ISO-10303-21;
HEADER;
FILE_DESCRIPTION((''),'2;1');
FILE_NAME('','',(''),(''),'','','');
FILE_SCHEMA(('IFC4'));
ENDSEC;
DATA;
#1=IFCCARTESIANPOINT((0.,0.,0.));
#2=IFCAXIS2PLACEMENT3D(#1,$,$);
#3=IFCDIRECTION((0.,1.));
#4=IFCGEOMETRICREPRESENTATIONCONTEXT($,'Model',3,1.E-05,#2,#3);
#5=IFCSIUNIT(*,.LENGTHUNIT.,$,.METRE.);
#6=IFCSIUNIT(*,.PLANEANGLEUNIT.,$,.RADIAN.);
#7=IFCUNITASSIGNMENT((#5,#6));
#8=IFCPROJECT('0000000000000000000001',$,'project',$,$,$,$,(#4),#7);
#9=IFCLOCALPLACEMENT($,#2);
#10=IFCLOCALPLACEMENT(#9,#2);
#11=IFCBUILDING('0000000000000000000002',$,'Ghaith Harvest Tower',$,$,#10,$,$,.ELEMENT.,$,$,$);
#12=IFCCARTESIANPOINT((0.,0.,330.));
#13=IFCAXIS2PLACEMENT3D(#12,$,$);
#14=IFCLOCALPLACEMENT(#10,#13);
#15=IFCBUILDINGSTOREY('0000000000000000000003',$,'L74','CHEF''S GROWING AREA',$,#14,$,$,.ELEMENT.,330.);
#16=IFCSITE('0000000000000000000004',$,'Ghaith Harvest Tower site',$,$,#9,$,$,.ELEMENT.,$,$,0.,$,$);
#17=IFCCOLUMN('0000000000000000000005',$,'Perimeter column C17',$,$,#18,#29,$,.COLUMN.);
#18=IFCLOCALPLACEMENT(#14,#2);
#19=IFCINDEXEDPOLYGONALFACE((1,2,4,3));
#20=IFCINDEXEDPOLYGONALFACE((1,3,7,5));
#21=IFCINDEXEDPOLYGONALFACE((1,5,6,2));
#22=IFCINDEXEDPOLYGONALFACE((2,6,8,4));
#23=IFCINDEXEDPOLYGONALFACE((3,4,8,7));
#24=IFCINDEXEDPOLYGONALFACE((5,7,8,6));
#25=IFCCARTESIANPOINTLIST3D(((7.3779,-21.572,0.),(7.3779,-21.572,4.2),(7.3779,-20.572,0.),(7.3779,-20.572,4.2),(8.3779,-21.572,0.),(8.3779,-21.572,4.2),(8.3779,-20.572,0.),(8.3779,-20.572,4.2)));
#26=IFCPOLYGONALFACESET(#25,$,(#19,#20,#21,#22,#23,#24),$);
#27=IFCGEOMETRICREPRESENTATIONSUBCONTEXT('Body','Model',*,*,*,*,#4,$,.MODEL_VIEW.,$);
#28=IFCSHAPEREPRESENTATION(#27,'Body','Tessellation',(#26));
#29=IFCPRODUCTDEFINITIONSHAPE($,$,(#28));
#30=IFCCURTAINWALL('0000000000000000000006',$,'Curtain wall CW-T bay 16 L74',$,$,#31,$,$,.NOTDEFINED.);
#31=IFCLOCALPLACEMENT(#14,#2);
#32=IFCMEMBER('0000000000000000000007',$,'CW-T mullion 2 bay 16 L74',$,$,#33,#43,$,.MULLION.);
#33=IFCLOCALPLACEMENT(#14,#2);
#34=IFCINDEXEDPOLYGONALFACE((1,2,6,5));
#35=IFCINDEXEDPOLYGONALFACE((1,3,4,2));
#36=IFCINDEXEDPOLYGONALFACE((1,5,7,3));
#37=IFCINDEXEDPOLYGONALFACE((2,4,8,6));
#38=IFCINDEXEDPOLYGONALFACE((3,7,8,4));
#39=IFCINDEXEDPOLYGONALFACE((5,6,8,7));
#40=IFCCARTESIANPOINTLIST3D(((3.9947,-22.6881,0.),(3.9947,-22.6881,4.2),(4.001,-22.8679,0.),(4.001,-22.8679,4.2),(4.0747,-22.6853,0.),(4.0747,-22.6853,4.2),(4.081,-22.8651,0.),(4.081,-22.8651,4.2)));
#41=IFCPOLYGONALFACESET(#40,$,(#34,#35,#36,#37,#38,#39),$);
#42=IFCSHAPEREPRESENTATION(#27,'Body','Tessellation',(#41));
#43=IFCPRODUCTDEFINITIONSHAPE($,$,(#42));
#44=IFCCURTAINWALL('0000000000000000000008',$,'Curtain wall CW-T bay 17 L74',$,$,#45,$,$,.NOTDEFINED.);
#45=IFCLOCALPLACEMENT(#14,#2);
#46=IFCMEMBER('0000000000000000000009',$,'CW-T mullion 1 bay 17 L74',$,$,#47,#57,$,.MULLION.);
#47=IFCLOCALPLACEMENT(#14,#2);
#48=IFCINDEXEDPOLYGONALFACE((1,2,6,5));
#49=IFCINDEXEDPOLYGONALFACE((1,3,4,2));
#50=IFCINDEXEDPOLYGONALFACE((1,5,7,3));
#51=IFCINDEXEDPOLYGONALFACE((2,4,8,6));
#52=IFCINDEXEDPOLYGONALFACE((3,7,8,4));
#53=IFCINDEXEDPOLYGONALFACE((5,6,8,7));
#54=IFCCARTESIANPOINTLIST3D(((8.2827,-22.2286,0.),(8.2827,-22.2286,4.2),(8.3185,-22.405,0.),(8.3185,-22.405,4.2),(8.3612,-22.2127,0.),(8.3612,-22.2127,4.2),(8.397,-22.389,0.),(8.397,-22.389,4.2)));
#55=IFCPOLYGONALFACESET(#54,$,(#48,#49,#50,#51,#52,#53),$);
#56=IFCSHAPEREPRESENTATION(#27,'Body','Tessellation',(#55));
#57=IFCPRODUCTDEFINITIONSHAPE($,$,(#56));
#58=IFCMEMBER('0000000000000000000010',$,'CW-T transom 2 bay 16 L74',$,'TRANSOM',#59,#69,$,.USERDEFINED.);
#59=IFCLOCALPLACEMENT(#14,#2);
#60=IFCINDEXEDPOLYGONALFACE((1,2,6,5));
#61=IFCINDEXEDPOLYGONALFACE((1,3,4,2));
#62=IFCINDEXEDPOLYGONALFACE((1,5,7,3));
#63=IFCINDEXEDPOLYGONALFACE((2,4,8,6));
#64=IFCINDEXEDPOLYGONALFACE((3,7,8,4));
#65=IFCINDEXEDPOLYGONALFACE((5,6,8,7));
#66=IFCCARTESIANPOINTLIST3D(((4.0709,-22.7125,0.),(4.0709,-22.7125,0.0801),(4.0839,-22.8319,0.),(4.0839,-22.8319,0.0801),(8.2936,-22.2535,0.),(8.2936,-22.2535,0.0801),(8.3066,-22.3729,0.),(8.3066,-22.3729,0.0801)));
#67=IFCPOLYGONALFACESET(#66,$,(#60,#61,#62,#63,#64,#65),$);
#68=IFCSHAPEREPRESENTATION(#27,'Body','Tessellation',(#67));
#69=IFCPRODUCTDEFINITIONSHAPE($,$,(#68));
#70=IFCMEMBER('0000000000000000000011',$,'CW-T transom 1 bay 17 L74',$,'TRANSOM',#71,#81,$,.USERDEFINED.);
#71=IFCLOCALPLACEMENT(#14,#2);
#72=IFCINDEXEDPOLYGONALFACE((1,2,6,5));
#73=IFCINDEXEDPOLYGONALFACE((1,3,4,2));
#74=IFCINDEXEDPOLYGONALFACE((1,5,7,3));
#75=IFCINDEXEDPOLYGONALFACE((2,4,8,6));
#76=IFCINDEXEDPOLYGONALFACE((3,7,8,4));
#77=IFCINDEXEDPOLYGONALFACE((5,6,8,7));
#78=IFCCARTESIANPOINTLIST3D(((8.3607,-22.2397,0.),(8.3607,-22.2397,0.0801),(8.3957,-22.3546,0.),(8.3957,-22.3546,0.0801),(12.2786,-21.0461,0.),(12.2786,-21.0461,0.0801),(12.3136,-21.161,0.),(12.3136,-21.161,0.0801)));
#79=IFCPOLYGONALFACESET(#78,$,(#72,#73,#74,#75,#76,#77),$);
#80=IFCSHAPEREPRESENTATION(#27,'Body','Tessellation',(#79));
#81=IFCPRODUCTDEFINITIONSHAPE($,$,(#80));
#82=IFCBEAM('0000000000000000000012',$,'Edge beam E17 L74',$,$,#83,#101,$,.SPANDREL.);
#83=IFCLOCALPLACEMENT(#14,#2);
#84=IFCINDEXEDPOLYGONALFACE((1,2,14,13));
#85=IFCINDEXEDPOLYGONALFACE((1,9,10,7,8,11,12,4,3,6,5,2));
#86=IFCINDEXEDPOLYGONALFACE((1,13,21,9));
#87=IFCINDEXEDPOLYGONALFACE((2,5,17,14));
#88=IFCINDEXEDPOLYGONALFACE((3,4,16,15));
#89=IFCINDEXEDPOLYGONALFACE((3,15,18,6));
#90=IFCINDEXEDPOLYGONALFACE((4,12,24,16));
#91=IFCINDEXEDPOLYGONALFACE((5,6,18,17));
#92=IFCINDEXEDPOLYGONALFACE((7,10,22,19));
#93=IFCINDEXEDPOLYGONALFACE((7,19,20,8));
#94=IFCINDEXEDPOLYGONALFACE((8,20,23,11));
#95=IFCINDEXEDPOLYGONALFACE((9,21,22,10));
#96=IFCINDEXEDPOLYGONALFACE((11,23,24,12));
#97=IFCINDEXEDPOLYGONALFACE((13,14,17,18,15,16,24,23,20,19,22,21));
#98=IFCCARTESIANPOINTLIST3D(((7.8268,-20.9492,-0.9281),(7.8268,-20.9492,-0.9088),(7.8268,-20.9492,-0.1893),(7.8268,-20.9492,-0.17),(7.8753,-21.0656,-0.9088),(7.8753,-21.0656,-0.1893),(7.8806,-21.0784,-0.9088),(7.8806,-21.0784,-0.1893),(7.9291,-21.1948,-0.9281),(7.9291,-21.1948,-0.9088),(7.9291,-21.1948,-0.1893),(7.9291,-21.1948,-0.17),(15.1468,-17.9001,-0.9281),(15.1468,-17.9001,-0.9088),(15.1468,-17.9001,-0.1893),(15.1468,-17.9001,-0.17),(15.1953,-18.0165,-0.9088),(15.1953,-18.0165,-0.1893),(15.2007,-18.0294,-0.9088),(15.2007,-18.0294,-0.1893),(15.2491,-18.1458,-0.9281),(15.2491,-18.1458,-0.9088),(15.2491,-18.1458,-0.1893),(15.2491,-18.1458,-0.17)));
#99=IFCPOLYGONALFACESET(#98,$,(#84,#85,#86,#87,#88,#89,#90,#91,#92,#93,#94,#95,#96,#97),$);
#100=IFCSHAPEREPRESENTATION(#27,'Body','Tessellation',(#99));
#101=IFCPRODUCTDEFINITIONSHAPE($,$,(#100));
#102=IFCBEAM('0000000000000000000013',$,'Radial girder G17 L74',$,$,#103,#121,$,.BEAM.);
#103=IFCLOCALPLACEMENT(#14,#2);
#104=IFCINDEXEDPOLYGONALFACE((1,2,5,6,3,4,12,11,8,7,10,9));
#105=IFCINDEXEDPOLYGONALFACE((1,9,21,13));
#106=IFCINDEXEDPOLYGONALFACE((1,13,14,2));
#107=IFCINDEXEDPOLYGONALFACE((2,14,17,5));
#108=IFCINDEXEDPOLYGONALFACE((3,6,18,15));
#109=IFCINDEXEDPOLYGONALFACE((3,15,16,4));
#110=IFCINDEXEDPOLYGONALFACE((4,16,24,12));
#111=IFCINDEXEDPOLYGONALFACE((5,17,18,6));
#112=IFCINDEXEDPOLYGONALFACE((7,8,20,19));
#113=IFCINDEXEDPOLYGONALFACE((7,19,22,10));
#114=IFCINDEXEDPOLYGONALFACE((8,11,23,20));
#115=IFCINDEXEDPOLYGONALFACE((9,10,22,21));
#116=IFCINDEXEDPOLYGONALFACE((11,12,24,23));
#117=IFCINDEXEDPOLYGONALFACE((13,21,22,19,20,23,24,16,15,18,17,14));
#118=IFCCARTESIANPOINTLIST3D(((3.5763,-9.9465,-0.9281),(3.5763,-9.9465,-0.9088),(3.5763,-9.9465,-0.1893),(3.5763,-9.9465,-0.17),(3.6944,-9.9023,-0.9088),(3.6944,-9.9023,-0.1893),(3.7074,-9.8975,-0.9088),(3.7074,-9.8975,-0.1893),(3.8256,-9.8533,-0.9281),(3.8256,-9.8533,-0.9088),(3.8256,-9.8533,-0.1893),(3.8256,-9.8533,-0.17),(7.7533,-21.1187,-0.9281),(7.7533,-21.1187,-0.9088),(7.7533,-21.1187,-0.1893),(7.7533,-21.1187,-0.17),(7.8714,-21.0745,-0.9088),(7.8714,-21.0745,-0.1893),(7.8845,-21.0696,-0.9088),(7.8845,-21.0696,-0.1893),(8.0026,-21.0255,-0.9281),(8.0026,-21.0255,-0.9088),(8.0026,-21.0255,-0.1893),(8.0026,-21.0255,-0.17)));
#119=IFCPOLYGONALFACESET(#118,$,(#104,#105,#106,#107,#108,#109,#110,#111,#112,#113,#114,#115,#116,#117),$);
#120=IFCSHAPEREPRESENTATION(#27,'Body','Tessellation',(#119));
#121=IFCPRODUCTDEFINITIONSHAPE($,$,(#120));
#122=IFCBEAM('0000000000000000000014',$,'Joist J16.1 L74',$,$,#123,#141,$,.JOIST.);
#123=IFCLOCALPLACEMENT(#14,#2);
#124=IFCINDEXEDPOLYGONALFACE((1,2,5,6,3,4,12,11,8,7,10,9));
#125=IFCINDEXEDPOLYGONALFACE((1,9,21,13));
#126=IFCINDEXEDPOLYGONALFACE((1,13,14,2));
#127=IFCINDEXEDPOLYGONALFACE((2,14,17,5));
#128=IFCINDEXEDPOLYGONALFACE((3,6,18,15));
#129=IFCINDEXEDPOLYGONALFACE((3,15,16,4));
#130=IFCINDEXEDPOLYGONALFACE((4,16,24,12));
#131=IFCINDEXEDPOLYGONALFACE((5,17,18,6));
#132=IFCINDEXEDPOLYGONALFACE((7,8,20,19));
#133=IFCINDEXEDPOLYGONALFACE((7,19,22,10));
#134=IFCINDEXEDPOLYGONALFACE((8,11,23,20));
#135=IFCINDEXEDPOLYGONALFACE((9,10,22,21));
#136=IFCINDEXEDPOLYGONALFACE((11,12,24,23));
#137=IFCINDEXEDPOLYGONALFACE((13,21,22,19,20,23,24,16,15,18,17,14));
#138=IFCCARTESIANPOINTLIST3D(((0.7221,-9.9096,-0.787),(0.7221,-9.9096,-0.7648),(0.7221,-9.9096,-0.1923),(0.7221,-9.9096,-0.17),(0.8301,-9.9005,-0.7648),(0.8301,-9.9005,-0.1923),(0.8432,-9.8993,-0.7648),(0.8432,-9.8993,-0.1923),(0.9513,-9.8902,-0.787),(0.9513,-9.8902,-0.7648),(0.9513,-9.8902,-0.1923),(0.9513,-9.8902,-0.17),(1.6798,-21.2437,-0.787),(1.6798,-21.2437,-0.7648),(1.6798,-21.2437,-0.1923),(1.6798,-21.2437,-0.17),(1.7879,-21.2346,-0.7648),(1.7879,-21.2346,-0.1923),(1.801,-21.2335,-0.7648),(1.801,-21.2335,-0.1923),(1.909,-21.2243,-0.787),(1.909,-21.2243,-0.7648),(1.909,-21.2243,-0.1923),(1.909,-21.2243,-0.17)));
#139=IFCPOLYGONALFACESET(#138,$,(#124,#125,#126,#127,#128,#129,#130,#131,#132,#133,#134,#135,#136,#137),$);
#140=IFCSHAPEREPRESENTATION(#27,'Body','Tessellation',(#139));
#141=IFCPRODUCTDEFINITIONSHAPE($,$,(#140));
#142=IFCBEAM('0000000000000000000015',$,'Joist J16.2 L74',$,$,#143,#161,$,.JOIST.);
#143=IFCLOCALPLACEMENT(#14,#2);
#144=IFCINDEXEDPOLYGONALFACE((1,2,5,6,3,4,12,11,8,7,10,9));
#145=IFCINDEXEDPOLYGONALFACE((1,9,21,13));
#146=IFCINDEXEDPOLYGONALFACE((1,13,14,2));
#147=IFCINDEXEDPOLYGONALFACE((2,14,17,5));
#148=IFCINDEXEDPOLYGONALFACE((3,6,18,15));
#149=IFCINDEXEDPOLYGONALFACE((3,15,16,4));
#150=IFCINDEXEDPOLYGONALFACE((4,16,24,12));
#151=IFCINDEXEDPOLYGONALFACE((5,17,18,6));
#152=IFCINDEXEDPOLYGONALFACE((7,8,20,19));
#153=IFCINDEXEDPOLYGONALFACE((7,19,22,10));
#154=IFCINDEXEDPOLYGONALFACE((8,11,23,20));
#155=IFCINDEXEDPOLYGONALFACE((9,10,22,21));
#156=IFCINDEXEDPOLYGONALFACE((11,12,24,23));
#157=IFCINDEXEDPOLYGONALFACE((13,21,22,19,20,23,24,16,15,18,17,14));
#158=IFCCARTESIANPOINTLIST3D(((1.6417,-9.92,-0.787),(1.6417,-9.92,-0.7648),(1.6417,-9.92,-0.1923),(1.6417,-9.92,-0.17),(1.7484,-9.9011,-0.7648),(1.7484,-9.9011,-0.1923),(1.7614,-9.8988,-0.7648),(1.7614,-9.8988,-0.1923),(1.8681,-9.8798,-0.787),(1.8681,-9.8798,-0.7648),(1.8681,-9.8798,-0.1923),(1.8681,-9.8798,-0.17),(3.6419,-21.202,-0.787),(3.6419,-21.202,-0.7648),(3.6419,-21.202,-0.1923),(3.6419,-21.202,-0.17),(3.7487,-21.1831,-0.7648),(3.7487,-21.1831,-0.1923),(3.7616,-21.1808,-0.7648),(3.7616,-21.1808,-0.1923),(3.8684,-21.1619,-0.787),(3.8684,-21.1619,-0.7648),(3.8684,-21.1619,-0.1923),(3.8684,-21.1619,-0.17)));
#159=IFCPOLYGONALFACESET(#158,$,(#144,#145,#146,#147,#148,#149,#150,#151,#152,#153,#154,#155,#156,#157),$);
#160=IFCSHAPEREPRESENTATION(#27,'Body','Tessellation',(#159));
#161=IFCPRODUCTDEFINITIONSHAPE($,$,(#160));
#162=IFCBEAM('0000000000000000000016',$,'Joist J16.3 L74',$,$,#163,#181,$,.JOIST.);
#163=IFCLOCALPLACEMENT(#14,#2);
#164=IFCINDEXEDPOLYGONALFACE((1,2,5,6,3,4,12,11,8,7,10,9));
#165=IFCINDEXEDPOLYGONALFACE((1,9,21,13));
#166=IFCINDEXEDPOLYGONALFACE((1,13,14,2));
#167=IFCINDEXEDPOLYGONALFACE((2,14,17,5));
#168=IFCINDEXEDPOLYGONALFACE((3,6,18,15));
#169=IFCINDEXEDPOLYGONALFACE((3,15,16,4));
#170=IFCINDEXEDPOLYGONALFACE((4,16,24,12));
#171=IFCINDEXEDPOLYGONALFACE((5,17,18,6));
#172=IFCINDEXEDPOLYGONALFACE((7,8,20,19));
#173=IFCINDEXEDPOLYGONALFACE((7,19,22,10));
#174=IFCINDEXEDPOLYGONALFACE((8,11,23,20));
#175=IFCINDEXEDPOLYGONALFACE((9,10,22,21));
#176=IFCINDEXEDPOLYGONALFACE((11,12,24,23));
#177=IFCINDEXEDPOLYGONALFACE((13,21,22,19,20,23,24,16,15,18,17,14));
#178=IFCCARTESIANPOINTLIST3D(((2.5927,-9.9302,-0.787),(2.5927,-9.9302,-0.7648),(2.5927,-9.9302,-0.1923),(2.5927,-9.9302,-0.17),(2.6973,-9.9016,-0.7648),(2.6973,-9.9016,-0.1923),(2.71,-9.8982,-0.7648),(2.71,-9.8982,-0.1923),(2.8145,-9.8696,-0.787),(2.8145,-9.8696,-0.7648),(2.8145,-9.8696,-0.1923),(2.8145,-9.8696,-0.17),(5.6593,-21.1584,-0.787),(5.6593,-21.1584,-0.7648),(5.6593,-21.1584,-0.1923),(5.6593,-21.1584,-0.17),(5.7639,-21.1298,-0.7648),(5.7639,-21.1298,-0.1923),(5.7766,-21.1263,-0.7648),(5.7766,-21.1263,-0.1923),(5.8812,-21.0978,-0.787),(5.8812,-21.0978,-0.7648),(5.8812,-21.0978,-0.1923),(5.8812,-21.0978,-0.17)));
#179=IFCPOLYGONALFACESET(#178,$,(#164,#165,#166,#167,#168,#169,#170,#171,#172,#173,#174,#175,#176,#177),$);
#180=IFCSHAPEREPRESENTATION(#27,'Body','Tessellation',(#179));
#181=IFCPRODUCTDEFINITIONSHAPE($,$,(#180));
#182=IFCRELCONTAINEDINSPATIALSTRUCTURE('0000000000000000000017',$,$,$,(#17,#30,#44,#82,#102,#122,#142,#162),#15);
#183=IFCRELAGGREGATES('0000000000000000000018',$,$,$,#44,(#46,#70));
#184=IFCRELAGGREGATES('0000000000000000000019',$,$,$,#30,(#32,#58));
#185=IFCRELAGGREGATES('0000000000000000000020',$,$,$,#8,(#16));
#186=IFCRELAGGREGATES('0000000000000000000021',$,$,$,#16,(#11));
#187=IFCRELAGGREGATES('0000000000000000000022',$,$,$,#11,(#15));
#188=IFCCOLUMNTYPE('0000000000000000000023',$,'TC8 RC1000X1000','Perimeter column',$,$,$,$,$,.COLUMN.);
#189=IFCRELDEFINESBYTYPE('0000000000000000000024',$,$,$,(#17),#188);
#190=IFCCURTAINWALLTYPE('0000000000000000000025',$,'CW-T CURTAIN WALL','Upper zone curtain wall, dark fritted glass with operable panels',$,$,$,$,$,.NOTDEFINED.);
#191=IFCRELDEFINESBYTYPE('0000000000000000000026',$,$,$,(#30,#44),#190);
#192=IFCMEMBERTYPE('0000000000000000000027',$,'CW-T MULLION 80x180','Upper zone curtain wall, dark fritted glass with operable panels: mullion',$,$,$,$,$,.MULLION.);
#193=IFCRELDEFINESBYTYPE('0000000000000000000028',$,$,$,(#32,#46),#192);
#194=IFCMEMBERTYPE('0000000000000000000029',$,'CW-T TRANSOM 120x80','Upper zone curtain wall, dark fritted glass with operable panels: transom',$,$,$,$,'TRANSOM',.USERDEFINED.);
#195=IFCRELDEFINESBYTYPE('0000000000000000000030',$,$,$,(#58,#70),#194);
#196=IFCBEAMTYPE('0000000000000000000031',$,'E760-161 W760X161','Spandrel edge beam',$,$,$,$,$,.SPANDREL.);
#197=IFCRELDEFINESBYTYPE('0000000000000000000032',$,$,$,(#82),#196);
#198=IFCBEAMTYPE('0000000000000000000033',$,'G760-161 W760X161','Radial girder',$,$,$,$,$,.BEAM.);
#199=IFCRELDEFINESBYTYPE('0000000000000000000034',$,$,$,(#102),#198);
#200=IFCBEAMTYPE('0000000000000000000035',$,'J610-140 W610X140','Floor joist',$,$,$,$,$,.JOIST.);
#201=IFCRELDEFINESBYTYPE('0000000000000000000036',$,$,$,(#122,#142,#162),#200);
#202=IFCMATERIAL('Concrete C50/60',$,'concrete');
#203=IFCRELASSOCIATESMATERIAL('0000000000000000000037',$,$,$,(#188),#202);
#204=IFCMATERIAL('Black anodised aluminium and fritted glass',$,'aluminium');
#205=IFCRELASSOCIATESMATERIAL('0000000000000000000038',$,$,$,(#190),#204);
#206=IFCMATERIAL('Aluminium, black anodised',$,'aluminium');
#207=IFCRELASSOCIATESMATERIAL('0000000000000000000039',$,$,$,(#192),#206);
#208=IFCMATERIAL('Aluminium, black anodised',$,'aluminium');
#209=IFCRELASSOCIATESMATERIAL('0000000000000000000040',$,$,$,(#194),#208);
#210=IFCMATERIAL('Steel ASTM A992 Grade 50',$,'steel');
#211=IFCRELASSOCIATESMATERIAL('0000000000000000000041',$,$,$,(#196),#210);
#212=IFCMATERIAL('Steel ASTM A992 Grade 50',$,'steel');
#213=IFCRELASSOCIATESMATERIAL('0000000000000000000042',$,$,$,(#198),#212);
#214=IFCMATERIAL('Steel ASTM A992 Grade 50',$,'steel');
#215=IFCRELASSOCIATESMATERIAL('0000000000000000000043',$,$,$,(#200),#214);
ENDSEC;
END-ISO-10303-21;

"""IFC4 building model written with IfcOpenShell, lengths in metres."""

from ifc_helpers import new_model, si_unit, direction, frame, origin, origin_2d, place, context, subcontext, project, spatial, rectangle, i_section, extrude, material, material_profile, profile_set, type_object, element, aggregate, save


model = new_model("IFC4")

# Units and contexts
model_context = context("Model", 3, precision=1e-05, world=origin(), true_north=direction((0.0, 1.0)))
body_context = subcontext(model_context, "Body", "Model", "MODEL_VIEW")
ifc_project = project(units=[si_unit("LENGTHUNIT", "METRE"), si_unit("PLANEANGLEUNIT", "RADIAN")], contexts=[model_context])

# Site, building, storey
site_placement = place(None, origin())
site = spatial("IfcSite", under=ifc_project, at=site_placement, Name="Ghaith Harvest Tower site", CompositionType="ELEMENT", RefElevation=0.0)
building_placement = place(site_placement, origin())
building = spatial("IfcBuilding", under=site, at=building_placement, Name="Ghaith Harvest Tower", CompositionType="ELEMENT")
storey_placement = place(building_placement, frame((0.0, 0.0, 330.0)))
storey = spatial("IfcBuildingStorey", under=building, at=storey_placement, Name="L74", Description="CHEF'S GROWING AREA", CompositionType="ELEMENT", Elevation=330.0)

# Column
ifc_material_1 = material(Name="Concrete C50/60", Category="concrete")
ifc_material_profile_1 = material_profile(ifc_material_1, rectangle(XDim=1.0, YDim=1.0, at=origin_2d()), Name="RC1000X1000")
ifc_profile_set_1 = profile_set([ifc_material_profile_1], Name="Concrete C50/60")
column_type = type_object("IfcColumnType", Name="TC8 RC1000X1000", Description="Perimeter column", PredefinedType="COLUMN", material=ifc_profile_set_1)
column_placement = place(storey_placement, frame((7.8779, -21.072, 0.0), z_axis=(0.0, 0.0, 1.0), x_axis=(1.0, 0.0, 0.0)))
element("IfcColumn", 1, at=column_placement, inside=storey, type_object=column_type, Name="Perimeter column C17", PredefinedType="COLUMN", context=body_context, shape_type="SweptSolid", body=[
    extrude(rectangle(XDim=1.0, YDim=1.0, at=origin_2d()), origin(), (0.0, 0.0, 1.0), 4.2),
])

# Curtain walls, members
ifc_material_2 = material(Name="Black anodised aluminium and fritted glass", Category="aluminium")
curtain_wall_type = type_object("IfcCurtainWallType", Name="CW-T CURTAIN WALL", Description="Upper zone curtain wall, dark fritted glass with operable panels", PredefinedType="NOTDEFINED", material=ifc_material_2)
curtain_wall_1_placement = place(storey_placement, origin())
curtain_wall_1 = element("IfcCurtainWall", 2, at=curtain_wall_1_placement, inside=storey, type_object=curtain_wall_type, Name="Curtain wall CW-T bay 16 L74", PredefinedType="NOTDEFINED")
ifc_material_3 = material(Name="Aluminium, black anodised", Category="aluminium")
ifc_material_profile_2 = material_profile(ifc_material_3, rectangle(XDim=0.0801, YDim=0.1799, at=origin_2d()), Name="CW-T MULLION 80x180")
ifc_profile_set_2 = profile_set([ifc_material_profile_2], Name="Aluminium, black anodised")
member_type_1 = type_object("IfcMemberType", Name="CW-T MULLION 80x180", Description="Upper zone curtain wall, dark fritted glass with operable panels: mullion", PredefinedType="MULLION", material=ifc_profile_set_2)
member_1_placement = place(storey_placement, frame((4.0378, -22.7766, 0.0), z_axis=(0.0, 0.0, 1.0), x_axis=(0.999389, 0.034962, 0.0)))
member_1 = element("IfcMember", 3, at=member_1_placement, type_object=member_type_1, Name="CW-T mullion 2 bay 16 L74", PredefinedType="MULLION", context=body_context, shape_type="SweptSolid", body=[
    extrude(rectangle(XDim=0.0801, YDim=0.1799, at=origin_2d()), origin(), (0.0, 0.0, 1.0), 4.2),
])
curtain_wall_2_placement = place(storey_placement, origin())
curtain_wall_2 = element("IfcCurtainWall", 4, at=curtain_wall_2_placement, inside=storey, type_object=curtain_wall_type, Name="Curtain wall CW-T bay 17 L74", PredefinedType="NOTDEFINED")
member_2_placement = place(storey_placement, frame((8.3398, -22.3088, 0.0), z_axis=(0.0, 0.0, 1.0), x_axis=(0.98, 0.198997, 0.0)))
member_2 = element("IfcMember", 5, at=member_2_placement, type_object=member_type_1, Name="CW-T mullion 1 bay 17 L74", PredefinedType="MULLION", context=body_context, shape_type="SweptSolid", body=[
    extrude(rectangle(XDim=0.0801, YDim=0.1799, at=origin_2d()), origin(), (0.0, 0.0, 1.0), 4.2),
])

# Members
ifc_material_4 = material(Name="Aluminium, black anodised", Category="aluminium")
ifc_material_profile_3 = material_profile(ifc_material_4, rectangle(XDim=0.1201, YDim=0.0801, at=origin_2d()), Name="CW-T TRANSOM 120x80")
ifc_profile_set_3 = profile_set([ifc_material_profile_3], Name="Aluminium, black anodised")
member_type_2 = type_object("IfcMemberType", Name="CW-T TRANSOM 120x80", Description="Upper zone curtain wall, dark fritted glass with operable panels: transom", ElementType="TRANSOM", PredefinedType="USERDEFINED", material=ifc_profile_set_3)
member_3_placement = place(storey_placement, frame((4.0774, -22.7722, 0.04), z_axis=(0.994144, 0.108059, 0.0), x_axis=(-0.108059, 0.994144, 0.0)))
member_3 = element("IfcMember", 6, at=member_3_placement, type_object=member_type_2, Name="CW-T transom 2 bay 16 L74", ObjectType="TRANSOM", PredefinedType="USERDEFINED", context=body_context, shape_type="SweptSolid", body=[
    extrude(rectangle(XDim=0.1201, YDim=0.0801, at=origin_2d()), origin(), (0.0, 0.0, 1.0), 4.2476),
])
member_4_placement = place(storey_placement, frame((8.3782, -22.2971, 0.04), z_axis=(0.956594, 0.291425, 0.0), x_axis=(-0.291425, 0.956594, 0.0)))
member_4 = element("IfcMember", 7, at=member_4_placement, type_object=member_type_2, Name="CW-T transom 1 bay 17 L74", ObjectType="TRANSOM", PredefinedType="USERDEFINED", context=body_context, shape_type="SweptSolid", body=[
    extrude(rectangle(XDim=0.1201, YDim=0.0801, at=origin_2d()), origin(), (0.0, 0.0, 1.0), 4.0957),
])
aggregate(curtain_wall_2, [member_2, member_4])

# Beams
ifc_material_5 = material(Name="Steel ASTM A992 Grade 50", Category="steel")
ifc_material_profile_4 = material_profile(ifc_material_5, i_section(OverallWidth=0.2661, OverallDepth=0.7581, WebThickness=0.0139, FlangeThickness=0.0193, at=origin_2d()), Name="W760X161")
ifc_profile_set_4 = profile_set([ifc_material_profile_4], Name="Steel ASTM A992 Grade 50")
beam_type_1 = type_object("IfcBeamType", Name="E760-161 W760X161", Description="Spandrel edge beam", PredefinedType="SPANDREL", material=ifc_profile_set_4)
beam_1_placement = place(storey_placement, frame((7.8779, -21.072, -0.5491), z_axis=(0.92312, 0.384513, 0.0), x_axis=(-0.384513, 0.92312, 0.0)))
element("IfcBeam", 8, at=beam_1_placement, inside=storey, type_object=beam_type_1, Name="Edge beam E17 L74", PredefinedType="SPANDREL", context=body_context, shape_type="SweptSolid", body=[
    extrude(i_section(OverallWidth=0.2661, OverallDepth=0.7581, WebThickness=0.0139, FlangeThickness=0.0193, at=origin_2d()), origin(), (0.0, 0.0, 1.0), 7.9297),
])
ifc_material_6 = material(Name="Steel ASTM A992 Grade 50", Category="steel")
ifc_material_profile_5 = material_profile(ifc_material_6, i_section(OverallWidth=0.2661, OverallDepth=0.7581, WebThickness=0.0139, FlangeThickness=0.0193, at=origin_2d()), Name="W760X161")
ifc_profile_set_5 = profile_set([ifc_material_profile_5], Name="Steel ASTM A992 Grade 50")
beam_type_2 = type_object("IfcBeamType", Name="G760-161 W760X161", Description="Radial girder", PredefinedType="BEAM", material=ifc_profile_set_5)
beam_2_placement = place(storey_placement, frame((3.7009, -9.8999, -0.5491), z_axis=(0.350201, -0.936674, 0.0), x_axis=(0.936674, 0.350201, 0.0)))
element("IfcBeam", 9, at=beam_2_placement, inside=storey, type_object=beam_type_2, Name="Radial girder G17 L74", PredefinedType="BEAM", context=body_context, shape_type="SweptSolid", body=[
    extrude(i_section(OverallWidth=0.2661, OverallDepth=0.7581, WebThickness=0.0139, FlangeThickness=0.0193, at=origin_2d()), origin(), (0.0, 0.0, 1.0), 11.9275),
])
ifc_material_7 = material(Name="Steel ASTM A992 Grade 50", Category="steel")
ifc_material_profile_6 = material_profile(ifc_material_7, i_section(OverallWidth=0.23, OverallDepth=0.6169, WebThickness=0.0132, FlangeThickness=0.0222, at=origin_2d()), Name="W610X140")
ifc_profile_set_6 = profile_set([ifc_material_profile_6], Name="Steel ASTM A992 Grade 50")
beam_type_3 = type_object("IfcBeamType", Name="J610-140 W610X140", Description="Floor joist", PredefinedType="JOIST", material=ifc_profile_set_6)
beam_3_placement = place(storey_placement, frame((0.8367, -9.8999, -0.4785), z_axis=(0.084202, -0.996449, 0.0), x_axis=(0.996449, 0.084202, 0.0)))
element("IfcBeam", 10, at=beam_3_placement, inside=storey, type_object=beam_type_3, Name="Joist J16.1 L74", PredefinedType="JOIST", context=body_context, shape_type="SweptSolid", body=[
    extrude(i_section(OverallWidth=0.23, OverallDepth=0.6169, WebThickness=0.0132, FlangeThickness=0.0222, at=origin_2d()), origin(), (0.0, 0.0, 1.0), 11.3745),
])
beam_4_placement = place(storey_placement, frame((1.7549, -9.8999, -0.4785), z_axis=(0.174573, -0.984644, 0.0), x_axis=(0.984644, 0.174573, 0.0)))
element("IfcBeam", 11, at=beam_4_placement, inside=storey, type_object=beam_type_3, Name="Joist J16.2 L74", PredefinedType="JOIST", context=body_context, shape_type="SweptSolid", body=[
    extrude(i_section(OverallWidth=0.23, OverallDepth=0.6169, WebThickness=0.0132, FlangeThickness=0.0222, at=origin_2d()), origin(), (0.0, 0.0, 1.0), 11.458),
])
beam_5_placement = place(storey_placement, frame((2.7036, -9.8999, -0.4785), z_axis=(0.263469, -0.964668, 0.0), x_axis=(0.964668, 0.263469, 0.0)))
element("IfcBeam", 12, at=beam_5_placement, inside=storey, type_object=beam_type_3, Name="Joist J16.3 L74", PredefinedType="JOIST", context=body_context, shape_type="SweptSolid", body=[
    extrude(i_section(OverallWidth=0.23, OverallDepth=0.6169, WebThickness=0.0132, FlangeThickness=0.0222, at=origin_2d()), origin(), (0.0, 0.0, 1.0), 11.6394),
])

aggregate(curtain_wall_1, [member_1, member_3])

save(model, "model.ifc")
